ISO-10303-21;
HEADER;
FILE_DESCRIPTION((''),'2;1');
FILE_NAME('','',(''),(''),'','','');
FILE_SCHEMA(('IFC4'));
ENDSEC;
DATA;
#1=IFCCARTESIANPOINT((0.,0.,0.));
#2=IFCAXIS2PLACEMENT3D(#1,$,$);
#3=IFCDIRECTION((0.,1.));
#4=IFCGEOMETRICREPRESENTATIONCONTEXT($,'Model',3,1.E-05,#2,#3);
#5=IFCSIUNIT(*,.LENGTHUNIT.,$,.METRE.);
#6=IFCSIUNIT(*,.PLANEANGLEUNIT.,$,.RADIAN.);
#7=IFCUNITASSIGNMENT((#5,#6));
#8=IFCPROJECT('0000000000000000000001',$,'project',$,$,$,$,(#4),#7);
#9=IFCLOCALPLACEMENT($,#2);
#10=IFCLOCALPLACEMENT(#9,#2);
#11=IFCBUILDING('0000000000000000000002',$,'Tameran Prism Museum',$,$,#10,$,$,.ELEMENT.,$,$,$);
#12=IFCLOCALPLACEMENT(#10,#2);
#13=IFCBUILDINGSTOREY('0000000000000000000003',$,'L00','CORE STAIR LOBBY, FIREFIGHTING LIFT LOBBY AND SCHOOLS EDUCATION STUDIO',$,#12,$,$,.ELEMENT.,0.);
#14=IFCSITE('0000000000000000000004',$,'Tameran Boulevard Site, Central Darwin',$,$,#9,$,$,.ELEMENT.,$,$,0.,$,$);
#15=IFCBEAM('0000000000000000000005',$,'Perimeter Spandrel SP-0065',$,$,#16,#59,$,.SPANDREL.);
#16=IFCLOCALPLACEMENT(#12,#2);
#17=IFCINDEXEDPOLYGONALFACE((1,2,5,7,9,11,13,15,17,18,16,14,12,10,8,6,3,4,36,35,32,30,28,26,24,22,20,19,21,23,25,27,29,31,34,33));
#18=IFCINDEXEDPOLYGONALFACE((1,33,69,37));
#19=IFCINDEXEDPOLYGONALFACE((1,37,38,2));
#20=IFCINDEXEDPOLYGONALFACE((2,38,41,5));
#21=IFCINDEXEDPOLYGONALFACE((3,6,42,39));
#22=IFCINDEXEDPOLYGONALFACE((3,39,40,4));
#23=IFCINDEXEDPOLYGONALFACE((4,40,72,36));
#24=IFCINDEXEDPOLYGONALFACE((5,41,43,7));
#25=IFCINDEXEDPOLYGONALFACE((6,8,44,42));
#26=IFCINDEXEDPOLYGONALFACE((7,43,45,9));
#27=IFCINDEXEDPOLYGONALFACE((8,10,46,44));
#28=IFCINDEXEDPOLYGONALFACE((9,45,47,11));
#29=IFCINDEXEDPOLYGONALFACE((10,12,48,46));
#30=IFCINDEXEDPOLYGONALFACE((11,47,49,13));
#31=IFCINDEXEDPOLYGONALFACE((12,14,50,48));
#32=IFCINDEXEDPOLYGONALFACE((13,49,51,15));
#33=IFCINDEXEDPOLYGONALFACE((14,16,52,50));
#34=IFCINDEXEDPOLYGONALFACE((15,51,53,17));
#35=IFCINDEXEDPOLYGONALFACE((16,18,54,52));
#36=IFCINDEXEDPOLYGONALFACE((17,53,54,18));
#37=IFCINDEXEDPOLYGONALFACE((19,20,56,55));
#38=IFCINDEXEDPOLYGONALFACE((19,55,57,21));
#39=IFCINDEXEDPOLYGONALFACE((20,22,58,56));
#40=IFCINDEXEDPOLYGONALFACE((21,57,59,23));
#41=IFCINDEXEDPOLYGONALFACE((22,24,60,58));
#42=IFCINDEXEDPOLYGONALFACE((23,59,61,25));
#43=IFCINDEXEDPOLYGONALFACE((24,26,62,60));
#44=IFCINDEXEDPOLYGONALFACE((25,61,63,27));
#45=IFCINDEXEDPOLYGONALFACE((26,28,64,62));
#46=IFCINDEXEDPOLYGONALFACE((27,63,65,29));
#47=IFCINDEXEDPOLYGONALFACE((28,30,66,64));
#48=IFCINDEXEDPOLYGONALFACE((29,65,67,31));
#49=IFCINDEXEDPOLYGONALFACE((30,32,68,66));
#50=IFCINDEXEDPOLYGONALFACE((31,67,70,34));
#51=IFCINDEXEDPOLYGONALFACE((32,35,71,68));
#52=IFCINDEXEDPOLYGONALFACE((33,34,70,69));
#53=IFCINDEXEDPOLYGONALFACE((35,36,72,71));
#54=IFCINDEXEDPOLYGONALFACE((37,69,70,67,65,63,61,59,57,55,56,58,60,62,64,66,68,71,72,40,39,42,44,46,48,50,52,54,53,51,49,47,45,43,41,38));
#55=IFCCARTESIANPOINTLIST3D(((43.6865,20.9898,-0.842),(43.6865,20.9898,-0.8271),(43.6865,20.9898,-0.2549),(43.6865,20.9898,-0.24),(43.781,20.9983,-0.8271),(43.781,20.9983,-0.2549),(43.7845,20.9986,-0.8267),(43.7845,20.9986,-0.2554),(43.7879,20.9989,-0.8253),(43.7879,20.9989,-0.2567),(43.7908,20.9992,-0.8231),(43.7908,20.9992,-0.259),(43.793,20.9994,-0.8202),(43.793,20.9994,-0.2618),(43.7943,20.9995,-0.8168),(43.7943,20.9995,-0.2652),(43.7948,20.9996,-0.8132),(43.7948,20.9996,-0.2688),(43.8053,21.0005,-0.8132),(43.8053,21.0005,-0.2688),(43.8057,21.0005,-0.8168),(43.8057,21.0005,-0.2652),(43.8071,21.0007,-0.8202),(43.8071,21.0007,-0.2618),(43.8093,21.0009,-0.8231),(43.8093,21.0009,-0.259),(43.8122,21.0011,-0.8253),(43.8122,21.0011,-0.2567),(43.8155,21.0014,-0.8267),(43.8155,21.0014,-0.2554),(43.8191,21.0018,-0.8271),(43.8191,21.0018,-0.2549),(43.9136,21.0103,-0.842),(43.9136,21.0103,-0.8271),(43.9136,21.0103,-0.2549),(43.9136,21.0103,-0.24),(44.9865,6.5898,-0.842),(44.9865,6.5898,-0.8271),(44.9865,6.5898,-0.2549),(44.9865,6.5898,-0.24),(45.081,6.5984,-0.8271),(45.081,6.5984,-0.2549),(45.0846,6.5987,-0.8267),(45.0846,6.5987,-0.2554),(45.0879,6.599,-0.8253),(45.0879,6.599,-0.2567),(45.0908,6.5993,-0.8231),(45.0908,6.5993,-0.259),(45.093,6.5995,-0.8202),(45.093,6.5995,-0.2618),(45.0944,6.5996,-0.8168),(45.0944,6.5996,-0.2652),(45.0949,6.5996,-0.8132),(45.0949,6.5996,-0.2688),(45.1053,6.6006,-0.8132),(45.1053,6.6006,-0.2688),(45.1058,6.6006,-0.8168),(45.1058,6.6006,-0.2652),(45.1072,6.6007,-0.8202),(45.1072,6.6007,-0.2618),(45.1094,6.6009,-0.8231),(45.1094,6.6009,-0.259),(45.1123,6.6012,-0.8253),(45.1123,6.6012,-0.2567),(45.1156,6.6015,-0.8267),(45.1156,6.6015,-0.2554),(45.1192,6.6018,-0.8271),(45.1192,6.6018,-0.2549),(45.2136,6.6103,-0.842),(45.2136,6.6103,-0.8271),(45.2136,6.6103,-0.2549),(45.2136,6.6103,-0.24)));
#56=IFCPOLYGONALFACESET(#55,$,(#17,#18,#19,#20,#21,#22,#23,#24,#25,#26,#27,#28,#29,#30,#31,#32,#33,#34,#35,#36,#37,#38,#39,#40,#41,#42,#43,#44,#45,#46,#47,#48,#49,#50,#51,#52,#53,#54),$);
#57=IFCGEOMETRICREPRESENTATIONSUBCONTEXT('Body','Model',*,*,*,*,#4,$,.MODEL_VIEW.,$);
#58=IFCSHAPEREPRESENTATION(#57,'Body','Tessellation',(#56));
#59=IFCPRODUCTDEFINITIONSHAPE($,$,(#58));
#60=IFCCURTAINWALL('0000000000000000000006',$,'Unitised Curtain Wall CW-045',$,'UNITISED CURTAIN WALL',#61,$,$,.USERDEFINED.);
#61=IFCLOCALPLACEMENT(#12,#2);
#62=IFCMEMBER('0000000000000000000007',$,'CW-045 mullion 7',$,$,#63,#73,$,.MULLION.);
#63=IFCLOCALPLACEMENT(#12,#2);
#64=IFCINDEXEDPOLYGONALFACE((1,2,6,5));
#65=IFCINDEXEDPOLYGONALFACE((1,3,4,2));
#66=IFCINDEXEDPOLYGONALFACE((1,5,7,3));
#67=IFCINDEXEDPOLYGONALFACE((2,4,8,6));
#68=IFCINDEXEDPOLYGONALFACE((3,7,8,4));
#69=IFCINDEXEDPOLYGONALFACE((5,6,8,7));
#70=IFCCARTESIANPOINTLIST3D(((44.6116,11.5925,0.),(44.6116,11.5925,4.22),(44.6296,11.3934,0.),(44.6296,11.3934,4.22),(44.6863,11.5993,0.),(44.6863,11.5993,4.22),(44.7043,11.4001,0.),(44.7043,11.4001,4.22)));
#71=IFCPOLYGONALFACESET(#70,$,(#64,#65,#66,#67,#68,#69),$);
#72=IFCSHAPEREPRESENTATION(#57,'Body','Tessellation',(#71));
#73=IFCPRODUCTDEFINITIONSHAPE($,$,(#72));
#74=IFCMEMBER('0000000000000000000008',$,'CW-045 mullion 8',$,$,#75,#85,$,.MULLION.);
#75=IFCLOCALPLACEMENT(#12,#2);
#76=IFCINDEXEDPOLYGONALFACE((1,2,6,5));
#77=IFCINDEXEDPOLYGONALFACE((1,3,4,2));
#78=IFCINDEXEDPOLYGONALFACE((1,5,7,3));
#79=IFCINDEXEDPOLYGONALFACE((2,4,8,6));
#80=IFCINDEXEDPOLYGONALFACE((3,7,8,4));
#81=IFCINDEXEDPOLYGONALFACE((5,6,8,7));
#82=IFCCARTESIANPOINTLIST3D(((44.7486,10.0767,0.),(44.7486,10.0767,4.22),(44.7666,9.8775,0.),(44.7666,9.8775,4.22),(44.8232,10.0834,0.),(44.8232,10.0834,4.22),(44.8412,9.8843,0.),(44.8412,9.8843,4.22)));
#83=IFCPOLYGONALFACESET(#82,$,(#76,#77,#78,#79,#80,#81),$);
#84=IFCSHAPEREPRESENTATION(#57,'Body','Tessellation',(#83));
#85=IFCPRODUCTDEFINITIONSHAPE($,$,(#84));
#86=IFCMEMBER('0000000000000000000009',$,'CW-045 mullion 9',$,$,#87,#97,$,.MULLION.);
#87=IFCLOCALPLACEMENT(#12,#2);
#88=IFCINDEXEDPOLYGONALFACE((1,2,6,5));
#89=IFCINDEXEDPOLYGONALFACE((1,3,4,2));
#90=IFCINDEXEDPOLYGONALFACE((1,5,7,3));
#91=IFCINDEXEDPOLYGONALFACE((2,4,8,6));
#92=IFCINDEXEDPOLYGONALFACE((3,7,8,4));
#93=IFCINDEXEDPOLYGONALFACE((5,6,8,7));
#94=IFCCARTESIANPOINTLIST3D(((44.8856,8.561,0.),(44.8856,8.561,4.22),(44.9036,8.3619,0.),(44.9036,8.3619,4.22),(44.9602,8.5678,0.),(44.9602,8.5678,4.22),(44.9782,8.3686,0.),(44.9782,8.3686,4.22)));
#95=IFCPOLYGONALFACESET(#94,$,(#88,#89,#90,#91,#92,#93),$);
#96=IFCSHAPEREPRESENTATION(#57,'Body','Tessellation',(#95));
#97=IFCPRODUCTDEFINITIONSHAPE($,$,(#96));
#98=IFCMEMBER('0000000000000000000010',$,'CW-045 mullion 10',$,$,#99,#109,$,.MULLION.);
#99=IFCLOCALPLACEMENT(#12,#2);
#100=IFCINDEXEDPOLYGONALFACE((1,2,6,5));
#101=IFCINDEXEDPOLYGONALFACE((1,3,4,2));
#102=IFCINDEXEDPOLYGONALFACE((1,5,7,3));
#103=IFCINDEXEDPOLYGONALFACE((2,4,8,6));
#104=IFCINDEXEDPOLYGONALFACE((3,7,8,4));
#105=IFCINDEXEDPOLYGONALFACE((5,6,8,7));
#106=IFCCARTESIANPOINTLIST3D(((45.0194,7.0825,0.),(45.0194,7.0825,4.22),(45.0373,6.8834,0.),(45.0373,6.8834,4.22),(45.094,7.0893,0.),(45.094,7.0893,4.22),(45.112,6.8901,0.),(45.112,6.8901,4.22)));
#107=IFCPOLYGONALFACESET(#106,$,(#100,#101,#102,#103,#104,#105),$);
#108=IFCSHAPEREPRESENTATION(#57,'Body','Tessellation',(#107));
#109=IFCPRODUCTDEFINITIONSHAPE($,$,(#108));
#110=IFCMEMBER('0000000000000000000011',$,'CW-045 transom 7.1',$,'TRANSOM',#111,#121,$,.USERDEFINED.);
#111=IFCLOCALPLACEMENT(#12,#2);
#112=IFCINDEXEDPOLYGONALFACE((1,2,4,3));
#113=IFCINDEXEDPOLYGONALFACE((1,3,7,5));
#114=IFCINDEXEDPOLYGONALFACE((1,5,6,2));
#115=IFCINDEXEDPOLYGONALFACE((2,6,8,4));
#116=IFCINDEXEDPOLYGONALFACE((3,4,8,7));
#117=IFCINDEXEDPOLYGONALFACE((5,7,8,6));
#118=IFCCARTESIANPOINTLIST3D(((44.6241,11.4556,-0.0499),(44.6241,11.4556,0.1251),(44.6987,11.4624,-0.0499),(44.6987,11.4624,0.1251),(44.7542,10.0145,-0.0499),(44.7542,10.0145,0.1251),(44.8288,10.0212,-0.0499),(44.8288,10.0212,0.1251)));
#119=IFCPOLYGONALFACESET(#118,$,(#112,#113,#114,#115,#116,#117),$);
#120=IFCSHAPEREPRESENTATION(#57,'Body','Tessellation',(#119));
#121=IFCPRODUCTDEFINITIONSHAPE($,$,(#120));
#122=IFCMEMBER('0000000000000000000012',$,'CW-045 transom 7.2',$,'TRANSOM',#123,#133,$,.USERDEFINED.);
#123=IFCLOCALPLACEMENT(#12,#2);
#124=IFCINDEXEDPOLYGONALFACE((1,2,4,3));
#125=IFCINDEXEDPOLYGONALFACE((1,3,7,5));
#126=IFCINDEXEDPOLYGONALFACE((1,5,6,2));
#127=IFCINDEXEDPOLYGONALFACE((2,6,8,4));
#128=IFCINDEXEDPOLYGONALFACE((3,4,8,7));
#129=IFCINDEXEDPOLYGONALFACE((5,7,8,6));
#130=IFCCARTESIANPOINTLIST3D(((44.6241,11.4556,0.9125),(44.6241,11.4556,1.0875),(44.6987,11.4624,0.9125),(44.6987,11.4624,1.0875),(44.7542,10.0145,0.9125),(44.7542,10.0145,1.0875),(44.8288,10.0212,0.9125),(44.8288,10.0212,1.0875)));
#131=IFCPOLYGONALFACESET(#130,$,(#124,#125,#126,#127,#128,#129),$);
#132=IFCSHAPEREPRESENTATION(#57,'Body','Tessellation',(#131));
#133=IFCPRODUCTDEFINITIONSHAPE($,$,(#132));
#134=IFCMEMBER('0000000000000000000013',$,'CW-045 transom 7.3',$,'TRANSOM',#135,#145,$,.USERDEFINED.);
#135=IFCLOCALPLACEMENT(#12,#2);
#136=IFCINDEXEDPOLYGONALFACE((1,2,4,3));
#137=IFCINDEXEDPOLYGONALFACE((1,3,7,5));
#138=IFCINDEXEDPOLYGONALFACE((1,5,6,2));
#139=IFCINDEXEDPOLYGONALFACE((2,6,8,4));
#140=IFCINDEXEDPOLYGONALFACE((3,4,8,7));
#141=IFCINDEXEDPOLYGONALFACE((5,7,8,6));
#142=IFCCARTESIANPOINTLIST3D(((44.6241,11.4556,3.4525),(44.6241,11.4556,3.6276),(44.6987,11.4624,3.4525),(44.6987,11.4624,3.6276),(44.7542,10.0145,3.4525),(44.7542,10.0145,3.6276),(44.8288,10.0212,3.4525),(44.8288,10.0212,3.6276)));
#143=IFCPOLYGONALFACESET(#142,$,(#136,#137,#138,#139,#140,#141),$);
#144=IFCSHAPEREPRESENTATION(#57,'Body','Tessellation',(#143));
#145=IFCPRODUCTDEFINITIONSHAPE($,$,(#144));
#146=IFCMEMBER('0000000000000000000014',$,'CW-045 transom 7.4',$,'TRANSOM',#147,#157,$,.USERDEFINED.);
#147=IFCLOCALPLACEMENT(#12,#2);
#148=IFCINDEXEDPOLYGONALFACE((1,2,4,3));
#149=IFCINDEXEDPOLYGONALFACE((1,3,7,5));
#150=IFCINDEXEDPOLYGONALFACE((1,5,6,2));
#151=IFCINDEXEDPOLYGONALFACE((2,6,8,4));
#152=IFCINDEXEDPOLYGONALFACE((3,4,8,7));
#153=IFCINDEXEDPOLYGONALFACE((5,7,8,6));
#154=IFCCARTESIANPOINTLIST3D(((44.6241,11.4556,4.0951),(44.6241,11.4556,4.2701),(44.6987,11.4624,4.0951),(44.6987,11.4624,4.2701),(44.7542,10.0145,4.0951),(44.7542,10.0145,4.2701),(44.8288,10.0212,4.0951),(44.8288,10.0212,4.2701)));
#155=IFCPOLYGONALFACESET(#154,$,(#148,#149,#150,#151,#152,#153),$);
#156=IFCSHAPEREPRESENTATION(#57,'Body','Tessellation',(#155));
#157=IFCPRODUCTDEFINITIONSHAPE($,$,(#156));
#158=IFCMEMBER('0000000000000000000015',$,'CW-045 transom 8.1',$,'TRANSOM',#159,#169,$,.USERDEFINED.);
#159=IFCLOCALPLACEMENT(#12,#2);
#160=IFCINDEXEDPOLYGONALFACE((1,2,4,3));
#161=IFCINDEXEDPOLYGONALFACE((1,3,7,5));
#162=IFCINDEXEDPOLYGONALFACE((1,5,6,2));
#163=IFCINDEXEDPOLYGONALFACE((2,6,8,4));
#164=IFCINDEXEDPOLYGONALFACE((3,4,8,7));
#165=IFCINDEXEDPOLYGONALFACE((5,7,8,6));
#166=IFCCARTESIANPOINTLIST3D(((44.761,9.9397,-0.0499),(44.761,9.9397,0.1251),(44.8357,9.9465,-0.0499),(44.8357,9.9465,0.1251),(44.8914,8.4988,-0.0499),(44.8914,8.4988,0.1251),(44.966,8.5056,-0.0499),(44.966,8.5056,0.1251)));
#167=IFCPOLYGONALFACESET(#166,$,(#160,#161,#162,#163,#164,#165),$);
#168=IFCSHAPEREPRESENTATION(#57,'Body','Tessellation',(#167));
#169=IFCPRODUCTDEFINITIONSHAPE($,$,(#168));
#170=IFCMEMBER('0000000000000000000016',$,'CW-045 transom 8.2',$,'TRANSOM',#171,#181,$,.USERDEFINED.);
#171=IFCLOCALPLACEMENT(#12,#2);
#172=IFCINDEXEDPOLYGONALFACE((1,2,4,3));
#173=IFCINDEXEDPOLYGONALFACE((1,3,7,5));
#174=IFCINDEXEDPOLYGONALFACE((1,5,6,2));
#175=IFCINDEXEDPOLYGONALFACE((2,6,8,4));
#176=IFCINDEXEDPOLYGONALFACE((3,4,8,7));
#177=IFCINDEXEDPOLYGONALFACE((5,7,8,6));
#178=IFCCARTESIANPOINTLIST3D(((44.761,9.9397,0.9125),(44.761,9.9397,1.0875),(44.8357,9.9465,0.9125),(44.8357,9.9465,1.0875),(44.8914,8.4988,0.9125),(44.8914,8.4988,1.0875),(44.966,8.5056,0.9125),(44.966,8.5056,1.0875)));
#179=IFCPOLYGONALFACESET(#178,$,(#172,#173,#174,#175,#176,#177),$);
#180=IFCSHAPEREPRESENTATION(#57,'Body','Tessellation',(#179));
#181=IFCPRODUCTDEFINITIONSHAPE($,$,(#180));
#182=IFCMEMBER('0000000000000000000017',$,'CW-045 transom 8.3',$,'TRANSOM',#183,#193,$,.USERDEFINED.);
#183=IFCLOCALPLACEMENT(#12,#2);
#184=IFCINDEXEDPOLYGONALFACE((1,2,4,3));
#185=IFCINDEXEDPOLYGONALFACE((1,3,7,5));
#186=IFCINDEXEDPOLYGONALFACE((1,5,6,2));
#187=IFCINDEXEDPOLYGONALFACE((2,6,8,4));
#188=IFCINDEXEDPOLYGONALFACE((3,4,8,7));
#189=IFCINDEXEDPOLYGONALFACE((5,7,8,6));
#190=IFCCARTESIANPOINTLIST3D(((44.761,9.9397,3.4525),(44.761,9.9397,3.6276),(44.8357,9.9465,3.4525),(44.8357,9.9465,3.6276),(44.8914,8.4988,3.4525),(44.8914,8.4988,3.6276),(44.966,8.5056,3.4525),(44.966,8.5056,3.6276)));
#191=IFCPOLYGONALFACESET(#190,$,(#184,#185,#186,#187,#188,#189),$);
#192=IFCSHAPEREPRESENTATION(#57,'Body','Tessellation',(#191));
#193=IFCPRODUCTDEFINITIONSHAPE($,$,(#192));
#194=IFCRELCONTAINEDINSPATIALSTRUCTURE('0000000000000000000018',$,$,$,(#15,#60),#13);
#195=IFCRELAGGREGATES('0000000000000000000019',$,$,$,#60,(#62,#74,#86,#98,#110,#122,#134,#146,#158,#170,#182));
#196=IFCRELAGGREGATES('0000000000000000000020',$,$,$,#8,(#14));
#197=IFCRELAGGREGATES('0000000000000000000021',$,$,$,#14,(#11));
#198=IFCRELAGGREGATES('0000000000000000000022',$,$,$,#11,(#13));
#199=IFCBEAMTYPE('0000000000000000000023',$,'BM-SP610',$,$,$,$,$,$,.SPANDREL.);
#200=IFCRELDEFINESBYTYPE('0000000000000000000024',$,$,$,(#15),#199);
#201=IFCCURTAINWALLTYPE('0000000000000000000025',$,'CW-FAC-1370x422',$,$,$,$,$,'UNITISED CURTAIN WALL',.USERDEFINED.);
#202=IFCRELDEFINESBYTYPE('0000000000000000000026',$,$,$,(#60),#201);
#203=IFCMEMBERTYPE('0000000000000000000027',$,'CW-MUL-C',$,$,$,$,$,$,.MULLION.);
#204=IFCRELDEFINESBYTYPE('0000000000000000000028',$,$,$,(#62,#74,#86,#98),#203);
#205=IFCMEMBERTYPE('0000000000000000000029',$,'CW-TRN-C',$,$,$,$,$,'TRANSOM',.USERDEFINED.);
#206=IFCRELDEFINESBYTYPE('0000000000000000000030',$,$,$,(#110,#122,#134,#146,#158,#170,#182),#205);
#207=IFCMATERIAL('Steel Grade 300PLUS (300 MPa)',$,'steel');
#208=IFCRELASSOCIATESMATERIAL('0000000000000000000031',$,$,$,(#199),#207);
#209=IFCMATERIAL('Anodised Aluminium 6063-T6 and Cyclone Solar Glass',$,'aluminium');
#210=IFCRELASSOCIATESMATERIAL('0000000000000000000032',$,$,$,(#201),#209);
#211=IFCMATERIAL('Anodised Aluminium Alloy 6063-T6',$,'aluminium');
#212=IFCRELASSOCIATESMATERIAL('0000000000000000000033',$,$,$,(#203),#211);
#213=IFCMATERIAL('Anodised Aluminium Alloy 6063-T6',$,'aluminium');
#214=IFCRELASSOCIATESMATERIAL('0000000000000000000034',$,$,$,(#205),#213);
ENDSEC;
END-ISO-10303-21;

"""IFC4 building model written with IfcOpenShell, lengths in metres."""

from ifc_helpers import new_model, si_unit, direction, frame, origin, origin_2d, place, context, subcontext, project, spatial, rectangle, i_section, extrude, material, material_profile, profile_set, type_object, element, aggregate, save


model = new_model("IFC4")

# Units and contexts
model_context = context("Model", 3, precision=1e-05, world=origin(), true_north=direction((0.0, 1.0)))
body_context = subcontext(model_context, "Body", "Model", "MODEL_VIEW")
ifc_project = project(units=[si_unit("LENGTHUNIT", "METRE"), si_unit("PLANEANGLEUNIT", "RADIAN")], contexts=[model_context])

# Site, building, storey
site_placement = place(None, origin())
site = spatial("IfcSite", under=ifc_project, at=site_placement, Name="Tameran Boulevard Site, Central Darwin", CompositionType="ELEMENT", RefElevation=0.0)
building_placement = place(site_placement, origin())
building = spatial("IfcBuilding", under=site, at=building_placement, Name="Tameran Prism Museum", CompositionType="ELEMENT")
storey_placement = place(building_placement, origin())
storey = spatial("IfcBuildingStorey", under=building, at=storey_placement, Name="L00", Description="CORE STAIR LOBBY, FIREFIGHTING LIFT LOBBY AND SCHOOLS EDUCATION STUDIO", CompositionType="ELEMENT", Elevation=0.0)

# Beam
ifc_material_1 = material(Name="Steel Grade 300PLUS (300 MPa)", Category="steel")
ifc_material_profile_1 = material_profile(ifc_material_1, i_section(OverallWidth=0.228, OverallDepth=0.6021, WebThickness=0.0105, FlangeThickness=0.0149, FilletRadius=0.0139, at=origin_2d()))
ifc_profile_set_1 = profile_set([ifc_material_profile_1])
beam_type = type_object("IfcBeamType", Name="BM-SP610", PredefinedType="SPANDREL", material=ifc_profile_set_1)
beam_placement = place(storey_placement, frame((45.1001, 6.6001, -0.541), z_axis=(-0.089916, 0.995949, 0.0), x_axis=(-0.995949, -0.089916, 0.0)))
element("IfcBeam", 1, at=beam_placement, inside=storey, type_object=beam_type, Name="Perimeter Spandrel SP-0065", PredefinedType="SPANDREL", context=body_context, shape_type="SweptSolid", body=[
    extrude(i_section(OverallWidth=0.228, OverallDepth=0.6021, WebThickness=0.0105, FlangeThickness=0.0149, FilletRadius=0.0139, at=origin_2d()), origin(), (0.0, 0.0, 1.0), 14.4585),
])

# Curtain wall, members
ifc_material_2 = material(Name="Anodised Aluminium 6063-T6 and Cyclone Solar Glass", Category="aluminium")
curtain_wall_type = type_object("IfcCurtainWallType", Name="CW-FAC-1370x422", ElementType="UNITISED CURTAIN WALL", PredefinedType="USERDEFINED", material=ifc_material_2)
curtain_wall_placement = place(storey_placement, origin())
curtain_wall = element("IfcCurtainWall", 2, at=curtain_wall_placement, inside=storey, type_object=curtain_wall_type, Name="Unitised Curtain Wall CW-045", ObjectType="UNITISED CURTAIN WALL", PredefinedType="USERDEFINED")
ifc_material_3 = material(Name="Anodised Aluminium Alloy 6063-T6", Category="aluminium")
ifc_material_profile_2 = material_profile(ifc_material_3, rectangle(XDim=0.075, YDim=0.2, at=origin_2d()))
ifc_profile_set_2 = profile_set([ifc_material_profile_2])
member_type_1 = type_object("IfcMemberType", Name="CW-MUL-C", PredefinedType="MULLION", material=ifc_profile_set_2)
member_1_placement = place(storey_placement, frame((44.658, 11.4963, 0.0), z_axis=(0.0, 0.0, 1.0), x_axis=(0.99594, 0.090016, 0.0)))
member_1 = element("IfcMember", 3, at=member_1_placement, type_object=member_type_1, Name="CW-045 mullion 7", PredefinedType="MULLION", context=body_context, shape_type="SweptSolid", body=[
    extrude(rectangle(XDim=0.075, YDim=0.2, at=origin_2d()), origin(), (0.0, 0.0, 1.0), 4.22),
])
member_2_placement = place(storey_placement, frame((44.7949, 9.9805, 0.0), z_axis=(0.0, 0.0, 1.0), x_axis=(0.99594, 0.090016, 0.0)))
member_2 = element("IfcMember", 4, at=member_2_placement, type_object=member_type_1, Name="CW-045 mullion 8", PredefinedType="MULLION", context=body_context, shape_type="SweptSolid", body=[
    extrude(rectangle(XDim=0.075, YDim=0.2, at=origin_2d()), origin(), (0.0, 0.0, 1.0), 4.22),
])
member_3_placement = place(storey_placement, frame((44.9319, 8.4648, 0.0), z_axis=(0.0, 0.0, 1.0), x_axis=(0.99594, 0.090016, 0.0)))
member_3 = element("IfcMember", 5, at=member_3_placement, type_object=member_type_1, Name="CW-045 mullion 9", PredefinedType="MULLION", context=body_context, shape_type="SweptSolid", body=[
    extrude(rectangle(XDim=0.075, YDim=0.2, at=origin_2d()), origin(), (0.0, 0.0, 1.0), 4.22),
])
member_4_placement = place(storey_placement, frame((45.0657, 6.9863, 0.0), z_axis=(0.0, 0.0, 1.0), x_axis=(0.99594, 0.090016, 0.0)))
member_4 = element("IfcMember", 6, at=member_4_placement, type_object=member_type_1, Name="CW-045 mullion 10", PredefinedType="MULLION", context=body_context, shape_type="SweptSolid", body=[
    extrude(rectangle(XDim=0.075, YDim=0.2, at=origin_2d()), origin(), (0.0, 0.0, 1.0), 4.22),
])
ifc_material_4 = material(Name="Anodised Aluminium Alloy 6063-T6", Category="aluminium")
ifc_material_profile_3 = material_profile(ifc_material_4, rectangle(XDim=0.075, YDim=0.175, at=origin_2d()))
ifc_profile_set_3 = profile_set([ifc_material_profile_3])
member_type_2 = type_object("IfcMemberType", Name="CW-TRN-C", ElementType="TRANSOM", PredefinedType="USERDEFINED", material=ifc_profile_set_3)
member_5_placement = place(storey_placement, frame((44.6614, 11.459, 0.0376), z_axis=(0.089927, -0.995948, 0.0), x_axis=(0.995948, 0.089927, 0.0)))
member_5 = element("IfcMember", 7, at=member_5_placement, type_object=member_type_2, Name="CW-045 transom 7.1", ObjectType="TRANSOM", PredefinedType="USERDEFINED", context=body_context, shape_type="SweptSolid", body=[
    extrude(rectangle(XDim=0.075, YDim=0.175, at=origin_2d()), origin(), (0.0, 0.0, 1.0), 1.447),
])
member_6_placement = place(storey_placement, frame((44.6614, 11.459, 1.0), z_axis=(0.089927, -0.995948, 0.0), x_axis=(0.995948, 0.089927, 0.0)))
member_6 = element("IfcMember", 8, at=member_6_placement, type_object=member_type_2, Name="CW-045 transom 7.2", ObjectType="TRANSOM", PredefinedType="USERDEFINED", context=body_context, shape_type="SweptSolid", body=[
    extrude(rectangle(XDim=0.075, YDim=0.175, at=origin_2d()), origin(), (0.0, 0.0, 1.0), 1.447),
])
member_7_placement = place(storey_placement, frame((44.6614, 11.459, 3.54), z_axis=(0.089927, -0.995948, 0.0), x_axis=(0.995948, 0.089927, 0.0)))
member_7 = element("IfcMember", 9, at=member_7_placement, type_object=member_type_2, Name="CW-045 transom 7.3", ObjectType="TRANSOM", PredefinedType="USERDEFINED", context=body_context, shape_type="SweptSolid", body=[
    extrude(rectangle(XDim=0.075, YDim=0.175, at=origin_2d()), origin(), (0.0, 0.0, 1.0), 1.447),
])
member_8_placement = place(storey_placement, frame((44.6614, 11.459, 4.1826), z_axis=(0.089927, -0.995948, 0.0), x_axis=(0.995948, 0.089927, 0.0)))
member_8 = element("IfcMember", 10, at=member_8_placement, type_object=member_type_2, Name="CW-045 transom 7.4", ObjectType="TRANSOM", PredefinedType="USERDEFINED", context=body_context, shape_type="SweptSolid", body=[
    extrude(rectangle(XDim=0.075, YDim=0.175, at=origin_2d()), origin(), (0.0, 0.0, 1.0), 1.447),
])
member_9_placement = place(storey_placement, frame((44.7983, 9.9431, 0.0376), z_axis=(0.09011, -0.995932, 0.0), x_axis=(0.995932, 0.09011, 0.0)))
member_9 = element("IfcMember", 11, at=member_9_placement, type_object=member_type_2, Name="CW-045 transom 8.1", ObjectType="TRANSOM", PredefinedType="USERDEFINED", context=body_context, shape_type="SweptSolid", body=[
    extrude(rectangle(XDim=0.075, YDim=0.175, at=origin_2d()), origin(), (0.0, 0.0, 1.0), 1.4468),
])
member_10_placement = place(storey_placement, frame((44.7983, 9.9431, 1.0), z_axis=(0.09011, -0.995932, 0.0), x_axis=(0.995932, 0.09011, 0.0)))
member_10 = element("IfcMember", 12, at=member_10_placement, type_object=member_type_2, Name="CW-045 transom 8.2", ObjectType="TRANSOM", PredefinedType="USERDEFINED", context=body_context, shape_type="SweptSolid", body=[
    extrude(rectangle(XDim=0.075, YDim=0.175, at=origin_2d()), origin(), (0.0, 0.0, 1.0), 1.4468),
])
member_11_placement = place(storey_placement, frame((44.7983, 9.9431, 3.54), z_axis=(0.09011, -0.995932, 0.0), x_axis=(0.995932, 0.09011, 0.0)))
member_11 = element("IfcMember", 13, at=member_11_placement, type_object=member_type_2, Name="CW-045 transom 8.3", ObjectType="TRANSOM", PredefinedType="USERDEFINED", context=body_context, shape_type="SweptSolid", body=[
    extrude(rectangle(XDim=0.075, YDim=0.175, at=origin_2d()), origin(), (0.0, 0.0, 1.0), 1.4468),
])
aggregate(curtain_wall, [member_1, member_2, member_3, member_4, member_5, member_6, member_7, member_8, member_9, member_10, member_11])

save(model, "model.ifc")
